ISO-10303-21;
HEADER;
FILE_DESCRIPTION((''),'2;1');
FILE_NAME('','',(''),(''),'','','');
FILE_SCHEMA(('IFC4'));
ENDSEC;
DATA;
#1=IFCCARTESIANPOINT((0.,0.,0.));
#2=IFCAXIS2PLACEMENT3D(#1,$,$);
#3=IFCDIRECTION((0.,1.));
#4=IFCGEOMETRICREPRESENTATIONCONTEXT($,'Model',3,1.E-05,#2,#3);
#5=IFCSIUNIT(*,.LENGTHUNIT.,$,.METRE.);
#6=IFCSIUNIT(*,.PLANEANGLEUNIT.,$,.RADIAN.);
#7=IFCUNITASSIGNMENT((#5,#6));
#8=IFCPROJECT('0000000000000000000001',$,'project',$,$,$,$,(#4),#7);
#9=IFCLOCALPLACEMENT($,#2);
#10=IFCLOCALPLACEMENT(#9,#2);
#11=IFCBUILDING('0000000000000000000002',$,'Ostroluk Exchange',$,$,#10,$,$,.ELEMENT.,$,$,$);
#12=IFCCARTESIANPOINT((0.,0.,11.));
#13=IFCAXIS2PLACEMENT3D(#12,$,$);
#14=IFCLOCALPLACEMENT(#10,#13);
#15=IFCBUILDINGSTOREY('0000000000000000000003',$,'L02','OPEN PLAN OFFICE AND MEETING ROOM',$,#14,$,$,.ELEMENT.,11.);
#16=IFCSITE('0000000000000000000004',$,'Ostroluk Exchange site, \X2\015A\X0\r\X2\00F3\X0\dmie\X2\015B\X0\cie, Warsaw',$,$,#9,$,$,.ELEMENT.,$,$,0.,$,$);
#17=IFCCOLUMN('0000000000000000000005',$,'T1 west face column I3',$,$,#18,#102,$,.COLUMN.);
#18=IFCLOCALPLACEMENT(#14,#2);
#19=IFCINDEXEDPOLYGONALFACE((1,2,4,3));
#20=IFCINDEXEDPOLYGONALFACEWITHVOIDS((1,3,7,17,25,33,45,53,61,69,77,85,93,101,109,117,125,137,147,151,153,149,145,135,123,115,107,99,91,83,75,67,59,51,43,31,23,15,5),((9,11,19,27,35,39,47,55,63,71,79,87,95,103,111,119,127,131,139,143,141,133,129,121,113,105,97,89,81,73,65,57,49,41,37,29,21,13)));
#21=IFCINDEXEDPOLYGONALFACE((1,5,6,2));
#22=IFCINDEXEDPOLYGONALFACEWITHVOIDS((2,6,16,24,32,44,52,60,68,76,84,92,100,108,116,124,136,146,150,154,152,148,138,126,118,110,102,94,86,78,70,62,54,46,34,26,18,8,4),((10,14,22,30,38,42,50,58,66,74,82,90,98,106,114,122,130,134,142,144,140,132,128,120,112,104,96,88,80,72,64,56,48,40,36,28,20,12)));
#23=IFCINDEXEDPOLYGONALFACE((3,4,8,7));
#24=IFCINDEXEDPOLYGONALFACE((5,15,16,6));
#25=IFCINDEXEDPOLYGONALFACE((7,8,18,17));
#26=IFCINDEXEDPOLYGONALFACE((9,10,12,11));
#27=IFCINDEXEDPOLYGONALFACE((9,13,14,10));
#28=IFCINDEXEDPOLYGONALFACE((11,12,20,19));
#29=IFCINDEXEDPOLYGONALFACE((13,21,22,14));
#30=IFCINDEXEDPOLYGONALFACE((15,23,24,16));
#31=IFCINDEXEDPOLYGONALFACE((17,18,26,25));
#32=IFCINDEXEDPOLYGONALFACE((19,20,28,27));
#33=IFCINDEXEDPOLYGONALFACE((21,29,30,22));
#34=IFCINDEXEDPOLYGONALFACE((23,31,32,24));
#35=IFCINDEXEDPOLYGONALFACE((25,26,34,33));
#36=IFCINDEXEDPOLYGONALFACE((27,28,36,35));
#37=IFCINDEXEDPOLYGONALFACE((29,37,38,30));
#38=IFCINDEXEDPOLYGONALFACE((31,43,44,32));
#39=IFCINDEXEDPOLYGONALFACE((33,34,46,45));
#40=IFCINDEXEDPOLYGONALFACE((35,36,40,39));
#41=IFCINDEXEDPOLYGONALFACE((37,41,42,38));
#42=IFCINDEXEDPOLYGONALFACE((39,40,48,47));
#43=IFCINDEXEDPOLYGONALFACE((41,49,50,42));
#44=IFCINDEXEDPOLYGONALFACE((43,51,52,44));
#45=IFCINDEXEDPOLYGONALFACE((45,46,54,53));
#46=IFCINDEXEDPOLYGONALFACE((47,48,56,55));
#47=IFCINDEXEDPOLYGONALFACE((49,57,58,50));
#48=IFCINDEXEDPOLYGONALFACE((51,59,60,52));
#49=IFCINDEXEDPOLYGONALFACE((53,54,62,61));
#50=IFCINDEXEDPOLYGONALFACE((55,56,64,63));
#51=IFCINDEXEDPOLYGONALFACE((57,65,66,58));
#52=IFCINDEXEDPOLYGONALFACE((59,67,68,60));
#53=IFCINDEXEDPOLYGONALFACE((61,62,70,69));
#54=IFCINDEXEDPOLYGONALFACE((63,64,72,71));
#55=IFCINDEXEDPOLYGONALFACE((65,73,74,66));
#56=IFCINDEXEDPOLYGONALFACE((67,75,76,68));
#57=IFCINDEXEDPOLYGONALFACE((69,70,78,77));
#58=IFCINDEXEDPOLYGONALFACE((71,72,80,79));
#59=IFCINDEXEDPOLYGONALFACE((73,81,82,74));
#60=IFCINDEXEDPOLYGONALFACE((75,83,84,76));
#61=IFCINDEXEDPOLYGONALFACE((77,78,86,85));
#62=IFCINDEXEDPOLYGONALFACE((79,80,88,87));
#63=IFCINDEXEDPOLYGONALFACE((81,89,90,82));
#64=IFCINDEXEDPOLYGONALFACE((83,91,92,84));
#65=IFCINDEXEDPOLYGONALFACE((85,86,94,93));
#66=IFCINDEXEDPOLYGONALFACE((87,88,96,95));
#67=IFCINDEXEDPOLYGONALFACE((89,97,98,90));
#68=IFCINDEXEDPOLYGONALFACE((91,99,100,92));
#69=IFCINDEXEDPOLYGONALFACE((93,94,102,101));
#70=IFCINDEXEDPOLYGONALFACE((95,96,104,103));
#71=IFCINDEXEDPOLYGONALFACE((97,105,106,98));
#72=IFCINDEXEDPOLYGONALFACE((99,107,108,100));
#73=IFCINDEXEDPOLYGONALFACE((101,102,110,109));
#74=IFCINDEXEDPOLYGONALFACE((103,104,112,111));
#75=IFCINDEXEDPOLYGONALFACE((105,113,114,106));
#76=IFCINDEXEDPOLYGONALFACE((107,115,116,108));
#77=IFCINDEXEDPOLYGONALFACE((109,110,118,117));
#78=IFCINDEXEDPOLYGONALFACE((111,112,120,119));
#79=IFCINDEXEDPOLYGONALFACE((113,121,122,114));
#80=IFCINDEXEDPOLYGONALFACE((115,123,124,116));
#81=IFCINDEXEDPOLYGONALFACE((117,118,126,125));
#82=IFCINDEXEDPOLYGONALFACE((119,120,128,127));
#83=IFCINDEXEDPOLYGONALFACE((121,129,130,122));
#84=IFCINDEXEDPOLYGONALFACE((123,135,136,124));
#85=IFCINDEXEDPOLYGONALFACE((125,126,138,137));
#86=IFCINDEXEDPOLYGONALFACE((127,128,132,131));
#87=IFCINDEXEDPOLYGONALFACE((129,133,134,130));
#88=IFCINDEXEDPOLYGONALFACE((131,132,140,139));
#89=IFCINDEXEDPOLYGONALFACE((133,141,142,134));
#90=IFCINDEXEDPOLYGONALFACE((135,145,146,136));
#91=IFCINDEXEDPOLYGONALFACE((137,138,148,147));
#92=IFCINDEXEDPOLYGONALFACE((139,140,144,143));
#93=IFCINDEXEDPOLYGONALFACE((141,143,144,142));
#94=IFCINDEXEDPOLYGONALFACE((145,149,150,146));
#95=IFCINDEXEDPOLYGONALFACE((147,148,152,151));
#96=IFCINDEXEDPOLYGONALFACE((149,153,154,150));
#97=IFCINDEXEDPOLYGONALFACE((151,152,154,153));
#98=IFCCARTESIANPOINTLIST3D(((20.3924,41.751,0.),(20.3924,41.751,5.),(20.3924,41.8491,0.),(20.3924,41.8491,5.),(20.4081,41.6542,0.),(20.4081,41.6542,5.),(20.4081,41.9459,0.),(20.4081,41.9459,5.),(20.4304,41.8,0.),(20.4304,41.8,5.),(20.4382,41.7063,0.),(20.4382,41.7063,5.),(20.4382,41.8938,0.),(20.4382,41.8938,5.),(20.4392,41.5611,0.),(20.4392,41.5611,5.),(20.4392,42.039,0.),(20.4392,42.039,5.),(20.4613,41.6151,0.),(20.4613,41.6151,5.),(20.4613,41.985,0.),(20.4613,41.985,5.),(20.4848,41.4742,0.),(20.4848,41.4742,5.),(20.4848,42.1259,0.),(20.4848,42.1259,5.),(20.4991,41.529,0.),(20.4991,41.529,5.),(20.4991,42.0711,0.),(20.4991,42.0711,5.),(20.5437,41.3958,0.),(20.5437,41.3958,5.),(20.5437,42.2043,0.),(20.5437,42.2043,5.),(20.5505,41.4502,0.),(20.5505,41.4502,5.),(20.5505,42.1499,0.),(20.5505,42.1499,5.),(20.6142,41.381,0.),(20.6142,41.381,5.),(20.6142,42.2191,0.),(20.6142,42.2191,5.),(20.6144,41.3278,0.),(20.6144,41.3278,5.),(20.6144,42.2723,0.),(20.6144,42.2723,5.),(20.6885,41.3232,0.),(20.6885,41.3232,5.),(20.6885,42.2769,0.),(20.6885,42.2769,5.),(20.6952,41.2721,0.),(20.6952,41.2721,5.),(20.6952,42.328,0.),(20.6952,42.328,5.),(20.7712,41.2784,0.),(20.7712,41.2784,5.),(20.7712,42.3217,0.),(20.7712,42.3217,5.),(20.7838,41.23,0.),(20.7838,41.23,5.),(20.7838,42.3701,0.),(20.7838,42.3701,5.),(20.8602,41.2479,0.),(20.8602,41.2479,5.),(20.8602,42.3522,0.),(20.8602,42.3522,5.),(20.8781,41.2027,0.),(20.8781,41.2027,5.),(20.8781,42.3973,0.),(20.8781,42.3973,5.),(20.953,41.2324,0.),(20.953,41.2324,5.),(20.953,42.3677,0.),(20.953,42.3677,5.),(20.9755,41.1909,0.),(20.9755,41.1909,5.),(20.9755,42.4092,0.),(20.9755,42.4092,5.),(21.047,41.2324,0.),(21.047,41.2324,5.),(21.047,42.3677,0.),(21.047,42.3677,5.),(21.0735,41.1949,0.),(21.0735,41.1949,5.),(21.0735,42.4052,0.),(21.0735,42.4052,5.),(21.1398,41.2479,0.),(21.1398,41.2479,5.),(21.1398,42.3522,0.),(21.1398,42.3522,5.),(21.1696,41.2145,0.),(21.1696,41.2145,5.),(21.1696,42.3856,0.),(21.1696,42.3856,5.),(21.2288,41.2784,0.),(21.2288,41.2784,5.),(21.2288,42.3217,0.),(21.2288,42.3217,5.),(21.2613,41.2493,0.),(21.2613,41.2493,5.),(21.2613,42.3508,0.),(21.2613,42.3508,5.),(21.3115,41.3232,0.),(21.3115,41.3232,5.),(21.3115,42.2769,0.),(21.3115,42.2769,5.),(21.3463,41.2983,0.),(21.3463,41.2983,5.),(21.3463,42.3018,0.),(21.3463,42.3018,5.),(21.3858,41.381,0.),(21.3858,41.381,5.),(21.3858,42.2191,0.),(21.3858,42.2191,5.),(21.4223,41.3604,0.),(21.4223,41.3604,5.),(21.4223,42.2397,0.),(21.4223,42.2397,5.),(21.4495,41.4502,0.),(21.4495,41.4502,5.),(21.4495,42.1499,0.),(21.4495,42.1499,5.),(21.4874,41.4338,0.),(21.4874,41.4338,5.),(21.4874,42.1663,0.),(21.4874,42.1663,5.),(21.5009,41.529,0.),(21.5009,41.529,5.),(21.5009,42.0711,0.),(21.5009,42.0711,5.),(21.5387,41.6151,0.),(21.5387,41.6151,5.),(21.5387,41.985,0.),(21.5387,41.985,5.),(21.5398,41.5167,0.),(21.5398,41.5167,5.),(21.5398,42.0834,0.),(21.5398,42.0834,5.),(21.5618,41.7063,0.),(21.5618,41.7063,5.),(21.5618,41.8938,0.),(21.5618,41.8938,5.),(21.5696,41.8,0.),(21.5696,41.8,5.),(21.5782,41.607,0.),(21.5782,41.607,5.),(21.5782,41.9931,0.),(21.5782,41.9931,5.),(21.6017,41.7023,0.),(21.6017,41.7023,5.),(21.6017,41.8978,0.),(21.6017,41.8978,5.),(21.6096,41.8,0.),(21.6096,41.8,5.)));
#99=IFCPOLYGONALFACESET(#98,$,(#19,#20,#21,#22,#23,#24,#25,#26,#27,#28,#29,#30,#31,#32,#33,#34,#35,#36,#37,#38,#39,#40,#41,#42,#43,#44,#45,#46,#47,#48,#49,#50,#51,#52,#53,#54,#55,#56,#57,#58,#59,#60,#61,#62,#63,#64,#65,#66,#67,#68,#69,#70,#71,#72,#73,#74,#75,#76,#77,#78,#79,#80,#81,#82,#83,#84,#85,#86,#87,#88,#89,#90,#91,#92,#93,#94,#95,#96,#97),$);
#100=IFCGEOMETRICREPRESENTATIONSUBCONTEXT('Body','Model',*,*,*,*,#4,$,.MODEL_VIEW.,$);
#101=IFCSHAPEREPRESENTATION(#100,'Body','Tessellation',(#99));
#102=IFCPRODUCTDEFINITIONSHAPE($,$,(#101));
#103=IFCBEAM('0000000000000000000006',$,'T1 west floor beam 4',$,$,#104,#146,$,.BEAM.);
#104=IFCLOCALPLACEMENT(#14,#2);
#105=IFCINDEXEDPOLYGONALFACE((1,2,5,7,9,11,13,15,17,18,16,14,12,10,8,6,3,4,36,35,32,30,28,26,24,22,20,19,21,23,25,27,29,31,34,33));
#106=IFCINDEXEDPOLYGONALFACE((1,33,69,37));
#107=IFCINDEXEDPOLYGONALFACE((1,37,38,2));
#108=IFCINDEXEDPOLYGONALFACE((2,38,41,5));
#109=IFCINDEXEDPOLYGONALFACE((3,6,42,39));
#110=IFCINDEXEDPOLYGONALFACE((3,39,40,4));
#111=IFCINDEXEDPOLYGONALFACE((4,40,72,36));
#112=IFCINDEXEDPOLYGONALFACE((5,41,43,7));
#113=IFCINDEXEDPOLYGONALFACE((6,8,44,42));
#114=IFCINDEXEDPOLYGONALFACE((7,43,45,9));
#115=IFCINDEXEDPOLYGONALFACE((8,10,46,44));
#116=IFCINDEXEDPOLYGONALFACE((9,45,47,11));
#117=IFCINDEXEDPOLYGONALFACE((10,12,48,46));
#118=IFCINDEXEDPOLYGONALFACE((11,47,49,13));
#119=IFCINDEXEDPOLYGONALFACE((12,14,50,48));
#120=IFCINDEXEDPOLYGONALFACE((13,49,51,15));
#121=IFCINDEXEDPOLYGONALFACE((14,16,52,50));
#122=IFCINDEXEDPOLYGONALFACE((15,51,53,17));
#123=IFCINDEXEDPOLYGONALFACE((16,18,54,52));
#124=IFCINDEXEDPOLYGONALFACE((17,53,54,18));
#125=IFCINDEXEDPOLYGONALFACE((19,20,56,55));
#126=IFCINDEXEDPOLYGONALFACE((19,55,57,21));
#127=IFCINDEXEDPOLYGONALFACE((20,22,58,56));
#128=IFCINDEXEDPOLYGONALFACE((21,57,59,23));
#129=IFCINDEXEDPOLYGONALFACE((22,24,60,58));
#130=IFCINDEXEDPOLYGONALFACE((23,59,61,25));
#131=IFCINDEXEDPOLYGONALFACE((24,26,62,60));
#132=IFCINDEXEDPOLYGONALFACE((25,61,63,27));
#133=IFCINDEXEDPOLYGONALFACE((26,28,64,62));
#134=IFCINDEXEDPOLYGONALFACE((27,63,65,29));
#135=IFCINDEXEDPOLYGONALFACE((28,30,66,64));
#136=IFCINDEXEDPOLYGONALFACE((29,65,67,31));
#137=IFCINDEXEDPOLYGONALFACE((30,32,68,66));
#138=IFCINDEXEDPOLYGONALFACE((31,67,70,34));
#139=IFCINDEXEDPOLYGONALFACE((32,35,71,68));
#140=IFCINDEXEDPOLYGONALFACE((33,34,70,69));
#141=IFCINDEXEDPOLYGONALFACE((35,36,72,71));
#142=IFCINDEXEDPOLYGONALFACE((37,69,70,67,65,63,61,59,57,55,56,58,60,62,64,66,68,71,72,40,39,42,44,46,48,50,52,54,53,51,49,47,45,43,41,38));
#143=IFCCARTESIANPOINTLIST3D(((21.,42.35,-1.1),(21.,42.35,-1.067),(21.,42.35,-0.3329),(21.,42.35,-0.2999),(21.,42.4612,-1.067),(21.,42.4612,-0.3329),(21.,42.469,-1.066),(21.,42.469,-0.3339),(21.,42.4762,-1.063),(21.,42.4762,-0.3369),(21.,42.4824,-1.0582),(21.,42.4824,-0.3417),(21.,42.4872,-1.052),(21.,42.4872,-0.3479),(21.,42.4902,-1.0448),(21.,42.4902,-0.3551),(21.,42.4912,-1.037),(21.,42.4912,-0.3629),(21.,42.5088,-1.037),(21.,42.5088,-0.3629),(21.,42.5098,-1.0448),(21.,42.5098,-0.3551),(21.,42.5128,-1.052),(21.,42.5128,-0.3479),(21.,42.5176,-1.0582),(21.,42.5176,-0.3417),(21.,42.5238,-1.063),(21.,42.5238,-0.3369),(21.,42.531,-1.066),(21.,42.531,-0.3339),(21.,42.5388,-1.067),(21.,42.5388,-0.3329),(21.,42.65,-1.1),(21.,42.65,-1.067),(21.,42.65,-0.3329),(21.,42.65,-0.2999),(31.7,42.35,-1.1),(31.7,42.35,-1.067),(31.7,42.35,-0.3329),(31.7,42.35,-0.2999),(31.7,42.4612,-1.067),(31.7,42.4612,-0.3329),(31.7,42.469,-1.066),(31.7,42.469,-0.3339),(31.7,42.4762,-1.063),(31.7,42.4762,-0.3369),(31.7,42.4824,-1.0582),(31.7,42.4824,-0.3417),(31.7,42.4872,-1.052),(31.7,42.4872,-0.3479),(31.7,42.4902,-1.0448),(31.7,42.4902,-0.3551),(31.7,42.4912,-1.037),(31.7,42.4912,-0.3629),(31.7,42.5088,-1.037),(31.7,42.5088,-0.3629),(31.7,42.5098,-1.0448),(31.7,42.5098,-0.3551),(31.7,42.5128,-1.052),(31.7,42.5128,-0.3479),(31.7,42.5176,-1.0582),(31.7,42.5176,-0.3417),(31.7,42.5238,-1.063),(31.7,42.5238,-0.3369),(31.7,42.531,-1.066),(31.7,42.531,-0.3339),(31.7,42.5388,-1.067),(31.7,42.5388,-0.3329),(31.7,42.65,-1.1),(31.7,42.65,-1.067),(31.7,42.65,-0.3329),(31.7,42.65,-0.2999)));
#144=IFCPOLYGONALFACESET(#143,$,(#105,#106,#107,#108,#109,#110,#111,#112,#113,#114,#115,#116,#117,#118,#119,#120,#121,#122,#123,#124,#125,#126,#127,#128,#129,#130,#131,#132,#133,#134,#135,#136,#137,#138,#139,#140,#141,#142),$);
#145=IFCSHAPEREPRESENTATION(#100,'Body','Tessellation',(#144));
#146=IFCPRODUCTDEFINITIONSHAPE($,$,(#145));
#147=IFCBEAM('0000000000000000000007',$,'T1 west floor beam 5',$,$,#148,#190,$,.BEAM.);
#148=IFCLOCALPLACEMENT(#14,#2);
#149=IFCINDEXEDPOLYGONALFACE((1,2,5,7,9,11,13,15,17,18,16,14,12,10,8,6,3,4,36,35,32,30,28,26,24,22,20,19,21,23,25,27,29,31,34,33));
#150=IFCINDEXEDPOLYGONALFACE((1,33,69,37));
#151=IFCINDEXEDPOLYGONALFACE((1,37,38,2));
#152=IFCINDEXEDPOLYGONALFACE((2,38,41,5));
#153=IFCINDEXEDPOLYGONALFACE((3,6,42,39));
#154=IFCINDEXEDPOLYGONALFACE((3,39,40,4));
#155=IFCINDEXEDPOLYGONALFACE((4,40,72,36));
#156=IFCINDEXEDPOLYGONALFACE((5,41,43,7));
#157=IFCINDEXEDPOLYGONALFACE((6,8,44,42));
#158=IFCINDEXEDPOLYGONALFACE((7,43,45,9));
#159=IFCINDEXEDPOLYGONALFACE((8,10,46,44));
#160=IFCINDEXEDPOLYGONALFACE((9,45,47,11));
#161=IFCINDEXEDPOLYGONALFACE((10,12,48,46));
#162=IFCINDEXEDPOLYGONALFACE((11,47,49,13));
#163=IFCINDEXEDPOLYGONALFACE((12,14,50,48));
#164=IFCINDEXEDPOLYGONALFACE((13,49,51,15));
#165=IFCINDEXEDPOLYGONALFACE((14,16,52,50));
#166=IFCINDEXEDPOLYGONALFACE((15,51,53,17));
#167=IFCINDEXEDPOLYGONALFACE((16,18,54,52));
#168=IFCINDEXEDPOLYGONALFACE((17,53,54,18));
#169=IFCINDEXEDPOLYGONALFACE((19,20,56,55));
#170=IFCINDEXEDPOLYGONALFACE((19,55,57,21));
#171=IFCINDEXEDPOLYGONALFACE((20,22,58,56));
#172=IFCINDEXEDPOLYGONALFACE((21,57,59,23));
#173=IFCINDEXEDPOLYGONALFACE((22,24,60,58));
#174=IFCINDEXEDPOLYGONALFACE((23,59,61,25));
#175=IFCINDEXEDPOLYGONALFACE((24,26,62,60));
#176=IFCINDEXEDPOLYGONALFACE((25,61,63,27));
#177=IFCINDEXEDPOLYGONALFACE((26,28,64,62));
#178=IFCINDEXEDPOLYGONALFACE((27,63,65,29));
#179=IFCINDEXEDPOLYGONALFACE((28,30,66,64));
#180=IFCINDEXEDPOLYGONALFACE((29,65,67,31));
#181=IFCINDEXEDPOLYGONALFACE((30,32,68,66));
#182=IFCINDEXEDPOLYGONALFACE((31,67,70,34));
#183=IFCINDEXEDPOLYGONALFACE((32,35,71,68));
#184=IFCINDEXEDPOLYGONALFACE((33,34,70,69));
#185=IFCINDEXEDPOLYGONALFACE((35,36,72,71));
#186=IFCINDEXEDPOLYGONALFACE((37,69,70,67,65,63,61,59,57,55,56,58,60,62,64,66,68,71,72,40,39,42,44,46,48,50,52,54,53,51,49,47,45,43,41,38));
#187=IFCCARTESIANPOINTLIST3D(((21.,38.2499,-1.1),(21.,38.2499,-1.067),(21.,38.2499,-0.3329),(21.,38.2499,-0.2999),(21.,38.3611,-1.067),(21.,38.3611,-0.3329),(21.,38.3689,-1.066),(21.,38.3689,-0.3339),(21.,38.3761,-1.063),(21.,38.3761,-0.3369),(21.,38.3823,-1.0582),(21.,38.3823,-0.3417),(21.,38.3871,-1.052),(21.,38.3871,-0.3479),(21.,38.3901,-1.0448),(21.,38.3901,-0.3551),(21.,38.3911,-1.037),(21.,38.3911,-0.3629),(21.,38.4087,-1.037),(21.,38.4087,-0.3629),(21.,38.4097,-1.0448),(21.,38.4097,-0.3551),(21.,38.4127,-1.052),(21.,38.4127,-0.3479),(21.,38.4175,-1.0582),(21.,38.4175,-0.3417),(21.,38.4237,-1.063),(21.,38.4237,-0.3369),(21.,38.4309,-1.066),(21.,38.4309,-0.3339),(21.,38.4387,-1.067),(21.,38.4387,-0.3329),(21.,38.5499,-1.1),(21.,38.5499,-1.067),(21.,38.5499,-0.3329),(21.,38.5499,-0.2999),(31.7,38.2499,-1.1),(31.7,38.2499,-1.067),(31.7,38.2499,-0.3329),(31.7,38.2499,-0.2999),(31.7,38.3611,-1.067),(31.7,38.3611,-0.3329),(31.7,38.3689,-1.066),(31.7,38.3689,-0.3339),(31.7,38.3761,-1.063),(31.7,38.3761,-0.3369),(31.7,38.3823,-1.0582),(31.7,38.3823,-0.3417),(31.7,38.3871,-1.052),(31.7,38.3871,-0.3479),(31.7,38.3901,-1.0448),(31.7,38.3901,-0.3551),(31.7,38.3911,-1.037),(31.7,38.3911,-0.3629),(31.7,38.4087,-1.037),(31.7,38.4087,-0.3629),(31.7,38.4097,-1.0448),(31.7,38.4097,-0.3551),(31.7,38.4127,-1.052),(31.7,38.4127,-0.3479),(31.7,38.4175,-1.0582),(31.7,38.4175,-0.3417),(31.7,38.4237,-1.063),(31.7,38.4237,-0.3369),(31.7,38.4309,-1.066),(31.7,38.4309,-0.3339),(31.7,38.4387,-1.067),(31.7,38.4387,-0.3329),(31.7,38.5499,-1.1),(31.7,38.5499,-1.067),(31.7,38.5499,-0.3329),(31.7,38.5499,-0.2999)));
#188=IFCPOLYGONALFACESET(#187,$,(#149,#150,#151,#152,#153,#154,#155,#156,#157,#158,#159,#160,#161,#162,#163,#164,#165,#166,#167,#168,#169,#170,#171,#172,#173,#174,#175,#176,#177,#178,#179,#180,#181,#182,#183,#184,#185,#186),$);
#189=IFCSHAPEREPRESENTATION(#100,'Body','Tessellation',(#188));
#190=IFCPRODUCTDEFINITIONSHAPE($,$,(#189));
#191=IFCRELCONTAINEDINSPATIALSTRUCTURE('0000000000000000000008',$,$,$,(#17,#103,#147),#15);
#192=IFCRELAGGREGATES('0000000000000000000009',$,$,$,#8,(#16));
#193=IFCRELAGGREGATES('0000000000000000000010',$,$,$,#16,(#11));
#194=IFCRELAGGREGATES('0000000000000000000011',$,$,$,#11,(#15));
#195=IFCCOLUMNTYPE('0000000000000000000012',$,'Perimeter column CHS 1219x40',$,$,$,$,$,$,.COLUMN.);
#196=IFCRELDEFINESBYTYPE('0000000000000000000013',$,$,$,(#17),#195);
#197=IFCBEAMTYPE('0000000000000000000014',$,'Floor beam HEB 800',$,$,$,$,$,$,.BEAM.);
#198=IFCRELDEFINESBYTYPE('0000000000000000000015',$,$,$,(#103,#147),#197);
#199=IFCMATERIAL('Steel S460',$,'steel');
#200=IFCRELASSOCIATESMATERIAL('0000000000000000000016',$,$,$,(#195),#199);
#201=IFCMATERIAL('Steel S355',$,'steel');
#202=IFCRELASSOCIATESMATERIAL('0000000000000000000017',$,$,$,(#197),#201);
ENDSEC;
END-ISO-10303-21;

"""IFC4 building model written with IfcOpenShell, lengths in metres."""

from ifc_helpers import new_model, si_unit, direction, frame, origin, origin_2d, place, context, subcontext, project, spatial, hollow_circle, i_section, extrude, material, material_profile, profile_set, type_object, element, save


model = new_model("IFC4")

# Units and contexts
model_context = context("Model", 3, precision=1e-05, world=origin(), true_north=direction((0.0, 1.0)))
body_context = subcontext(model_context, "Body", "Model", "MODEL_VIEW")
ifc_project = project(units=[si_unit("LENGTHUNIT", "METRE"), si_unit("PLANEANGLEUNIT", "RADIAN")], contexts=[model_context])

# Site, building, storey
site_placement = place(None, origin())
site = spatial("IfcSite", under=ifc_project, at=site_placement, Name="Ostroluk Exchange site, Śródmieście, Warsaw", CompositionType="ELEMENT", RefElevation=0.0)
building_placement = place(site_placement, origin())
building = spatial("IfcBuilding", under=site, at=building_placement, Name="Ostroluk Exchange", CompositionType="ELEMENT")
storey_placement = place(building_placement, frame((0.0, 0.0, 11.0)))
storey = spatial("IfcBuildingStorey", under=building, at=storey_placement, Name="L02", Description="OPEN PLAN OFFICE AND MEETING ROOM", CompositionType="ELEMENT", Elevation=11.0)

# Column
ifc_material_1 = material(Name="Steel S460", Category="steel")
ifc_material_profile_1 = material_profile(ifc_material_1, hollow_circle(Radius=0.6096, WallThickness=0.04, at=origin_2d()), Name="CHS 1219x40")
ifc_profile_set_1 = profile_set([ifc_material_profile_1], Name="Steel S460")
column_type = type_object("IfcColumnType", Name="Perimeter column CHS 1219x40", PredefinedType="COLUMN", material=ifc_profile_set_1)
column_placement = place(storey_placement, frame((21.0, 41.8, 0.0), z_axis=(0.0, 0.0, 1.0), x_axis=(1.0, 0.0, 0.0)))
element("IfcColumn", 1, at=column_placement, inside=storey, type_object=column_type, Name="T1 west face column I3", PredefinedType="COLUMN", context=body_context, shape_type="SweptSolid", body=[
    extrude(hollow_circle(Radius=0.6096, WallThickness=0.04, at=origin_2d()), origin(), (0.0, 0.0, 1.0), 5.0),
])

# Beams
ifc_material_2 = material(Name="Steel S355", Category="steel")
ifc_material_profile_2 = material_profile(ifc_material_2, i_section(OverallWidth=0.3, OverallDepth=0.8, WebThickness=0.0176, FlangeThickness=0.033, FilletRadius=0.03, at=origin_2d()), Name="HEB 800")
ifc_profile_set_2 = profile_set([ifc_material_profile_2], Name="Steel S355")
beam_type_1 = type_object("IfcBeamType", Name="Floor beam HEB 800", PredefinedType="BEAM", material=ifc_profile_set_2)
for number, where, z_axis, x_axis, name in (
    (2, (31.7, 42.5, -0.7), (-1.0, 0.0, 0.0), (0.0, -1.0, 0.0), "T1 west floor beam 4"),
    (3, (31.7, 38.3999, -0.7), (-1.0, 0.0, 0.0), (0.0, -1.0, 0.0), "T1 west floor beam 5"),
):
    element("IfcBeam", number, at=place(storey_placement, frame(where, z_axis=z_axis, x_axis=x_axis)), inside=storey, type_object=beam_type_1, Name=name, PredefinedType="BEAM", context=body_context, shape_type="SweptSolid", body=[
        extrude(i_section(OverallWidth=0.3, OverallDepth=0.8, WebThickness=0.0176, FlangeThickness=0.033, FilletRadius=0.03, at=origin_2d()), origin(), (0.0, 0.0, 1.0), 10.7),
    ])

save(model, "model.ifc")
